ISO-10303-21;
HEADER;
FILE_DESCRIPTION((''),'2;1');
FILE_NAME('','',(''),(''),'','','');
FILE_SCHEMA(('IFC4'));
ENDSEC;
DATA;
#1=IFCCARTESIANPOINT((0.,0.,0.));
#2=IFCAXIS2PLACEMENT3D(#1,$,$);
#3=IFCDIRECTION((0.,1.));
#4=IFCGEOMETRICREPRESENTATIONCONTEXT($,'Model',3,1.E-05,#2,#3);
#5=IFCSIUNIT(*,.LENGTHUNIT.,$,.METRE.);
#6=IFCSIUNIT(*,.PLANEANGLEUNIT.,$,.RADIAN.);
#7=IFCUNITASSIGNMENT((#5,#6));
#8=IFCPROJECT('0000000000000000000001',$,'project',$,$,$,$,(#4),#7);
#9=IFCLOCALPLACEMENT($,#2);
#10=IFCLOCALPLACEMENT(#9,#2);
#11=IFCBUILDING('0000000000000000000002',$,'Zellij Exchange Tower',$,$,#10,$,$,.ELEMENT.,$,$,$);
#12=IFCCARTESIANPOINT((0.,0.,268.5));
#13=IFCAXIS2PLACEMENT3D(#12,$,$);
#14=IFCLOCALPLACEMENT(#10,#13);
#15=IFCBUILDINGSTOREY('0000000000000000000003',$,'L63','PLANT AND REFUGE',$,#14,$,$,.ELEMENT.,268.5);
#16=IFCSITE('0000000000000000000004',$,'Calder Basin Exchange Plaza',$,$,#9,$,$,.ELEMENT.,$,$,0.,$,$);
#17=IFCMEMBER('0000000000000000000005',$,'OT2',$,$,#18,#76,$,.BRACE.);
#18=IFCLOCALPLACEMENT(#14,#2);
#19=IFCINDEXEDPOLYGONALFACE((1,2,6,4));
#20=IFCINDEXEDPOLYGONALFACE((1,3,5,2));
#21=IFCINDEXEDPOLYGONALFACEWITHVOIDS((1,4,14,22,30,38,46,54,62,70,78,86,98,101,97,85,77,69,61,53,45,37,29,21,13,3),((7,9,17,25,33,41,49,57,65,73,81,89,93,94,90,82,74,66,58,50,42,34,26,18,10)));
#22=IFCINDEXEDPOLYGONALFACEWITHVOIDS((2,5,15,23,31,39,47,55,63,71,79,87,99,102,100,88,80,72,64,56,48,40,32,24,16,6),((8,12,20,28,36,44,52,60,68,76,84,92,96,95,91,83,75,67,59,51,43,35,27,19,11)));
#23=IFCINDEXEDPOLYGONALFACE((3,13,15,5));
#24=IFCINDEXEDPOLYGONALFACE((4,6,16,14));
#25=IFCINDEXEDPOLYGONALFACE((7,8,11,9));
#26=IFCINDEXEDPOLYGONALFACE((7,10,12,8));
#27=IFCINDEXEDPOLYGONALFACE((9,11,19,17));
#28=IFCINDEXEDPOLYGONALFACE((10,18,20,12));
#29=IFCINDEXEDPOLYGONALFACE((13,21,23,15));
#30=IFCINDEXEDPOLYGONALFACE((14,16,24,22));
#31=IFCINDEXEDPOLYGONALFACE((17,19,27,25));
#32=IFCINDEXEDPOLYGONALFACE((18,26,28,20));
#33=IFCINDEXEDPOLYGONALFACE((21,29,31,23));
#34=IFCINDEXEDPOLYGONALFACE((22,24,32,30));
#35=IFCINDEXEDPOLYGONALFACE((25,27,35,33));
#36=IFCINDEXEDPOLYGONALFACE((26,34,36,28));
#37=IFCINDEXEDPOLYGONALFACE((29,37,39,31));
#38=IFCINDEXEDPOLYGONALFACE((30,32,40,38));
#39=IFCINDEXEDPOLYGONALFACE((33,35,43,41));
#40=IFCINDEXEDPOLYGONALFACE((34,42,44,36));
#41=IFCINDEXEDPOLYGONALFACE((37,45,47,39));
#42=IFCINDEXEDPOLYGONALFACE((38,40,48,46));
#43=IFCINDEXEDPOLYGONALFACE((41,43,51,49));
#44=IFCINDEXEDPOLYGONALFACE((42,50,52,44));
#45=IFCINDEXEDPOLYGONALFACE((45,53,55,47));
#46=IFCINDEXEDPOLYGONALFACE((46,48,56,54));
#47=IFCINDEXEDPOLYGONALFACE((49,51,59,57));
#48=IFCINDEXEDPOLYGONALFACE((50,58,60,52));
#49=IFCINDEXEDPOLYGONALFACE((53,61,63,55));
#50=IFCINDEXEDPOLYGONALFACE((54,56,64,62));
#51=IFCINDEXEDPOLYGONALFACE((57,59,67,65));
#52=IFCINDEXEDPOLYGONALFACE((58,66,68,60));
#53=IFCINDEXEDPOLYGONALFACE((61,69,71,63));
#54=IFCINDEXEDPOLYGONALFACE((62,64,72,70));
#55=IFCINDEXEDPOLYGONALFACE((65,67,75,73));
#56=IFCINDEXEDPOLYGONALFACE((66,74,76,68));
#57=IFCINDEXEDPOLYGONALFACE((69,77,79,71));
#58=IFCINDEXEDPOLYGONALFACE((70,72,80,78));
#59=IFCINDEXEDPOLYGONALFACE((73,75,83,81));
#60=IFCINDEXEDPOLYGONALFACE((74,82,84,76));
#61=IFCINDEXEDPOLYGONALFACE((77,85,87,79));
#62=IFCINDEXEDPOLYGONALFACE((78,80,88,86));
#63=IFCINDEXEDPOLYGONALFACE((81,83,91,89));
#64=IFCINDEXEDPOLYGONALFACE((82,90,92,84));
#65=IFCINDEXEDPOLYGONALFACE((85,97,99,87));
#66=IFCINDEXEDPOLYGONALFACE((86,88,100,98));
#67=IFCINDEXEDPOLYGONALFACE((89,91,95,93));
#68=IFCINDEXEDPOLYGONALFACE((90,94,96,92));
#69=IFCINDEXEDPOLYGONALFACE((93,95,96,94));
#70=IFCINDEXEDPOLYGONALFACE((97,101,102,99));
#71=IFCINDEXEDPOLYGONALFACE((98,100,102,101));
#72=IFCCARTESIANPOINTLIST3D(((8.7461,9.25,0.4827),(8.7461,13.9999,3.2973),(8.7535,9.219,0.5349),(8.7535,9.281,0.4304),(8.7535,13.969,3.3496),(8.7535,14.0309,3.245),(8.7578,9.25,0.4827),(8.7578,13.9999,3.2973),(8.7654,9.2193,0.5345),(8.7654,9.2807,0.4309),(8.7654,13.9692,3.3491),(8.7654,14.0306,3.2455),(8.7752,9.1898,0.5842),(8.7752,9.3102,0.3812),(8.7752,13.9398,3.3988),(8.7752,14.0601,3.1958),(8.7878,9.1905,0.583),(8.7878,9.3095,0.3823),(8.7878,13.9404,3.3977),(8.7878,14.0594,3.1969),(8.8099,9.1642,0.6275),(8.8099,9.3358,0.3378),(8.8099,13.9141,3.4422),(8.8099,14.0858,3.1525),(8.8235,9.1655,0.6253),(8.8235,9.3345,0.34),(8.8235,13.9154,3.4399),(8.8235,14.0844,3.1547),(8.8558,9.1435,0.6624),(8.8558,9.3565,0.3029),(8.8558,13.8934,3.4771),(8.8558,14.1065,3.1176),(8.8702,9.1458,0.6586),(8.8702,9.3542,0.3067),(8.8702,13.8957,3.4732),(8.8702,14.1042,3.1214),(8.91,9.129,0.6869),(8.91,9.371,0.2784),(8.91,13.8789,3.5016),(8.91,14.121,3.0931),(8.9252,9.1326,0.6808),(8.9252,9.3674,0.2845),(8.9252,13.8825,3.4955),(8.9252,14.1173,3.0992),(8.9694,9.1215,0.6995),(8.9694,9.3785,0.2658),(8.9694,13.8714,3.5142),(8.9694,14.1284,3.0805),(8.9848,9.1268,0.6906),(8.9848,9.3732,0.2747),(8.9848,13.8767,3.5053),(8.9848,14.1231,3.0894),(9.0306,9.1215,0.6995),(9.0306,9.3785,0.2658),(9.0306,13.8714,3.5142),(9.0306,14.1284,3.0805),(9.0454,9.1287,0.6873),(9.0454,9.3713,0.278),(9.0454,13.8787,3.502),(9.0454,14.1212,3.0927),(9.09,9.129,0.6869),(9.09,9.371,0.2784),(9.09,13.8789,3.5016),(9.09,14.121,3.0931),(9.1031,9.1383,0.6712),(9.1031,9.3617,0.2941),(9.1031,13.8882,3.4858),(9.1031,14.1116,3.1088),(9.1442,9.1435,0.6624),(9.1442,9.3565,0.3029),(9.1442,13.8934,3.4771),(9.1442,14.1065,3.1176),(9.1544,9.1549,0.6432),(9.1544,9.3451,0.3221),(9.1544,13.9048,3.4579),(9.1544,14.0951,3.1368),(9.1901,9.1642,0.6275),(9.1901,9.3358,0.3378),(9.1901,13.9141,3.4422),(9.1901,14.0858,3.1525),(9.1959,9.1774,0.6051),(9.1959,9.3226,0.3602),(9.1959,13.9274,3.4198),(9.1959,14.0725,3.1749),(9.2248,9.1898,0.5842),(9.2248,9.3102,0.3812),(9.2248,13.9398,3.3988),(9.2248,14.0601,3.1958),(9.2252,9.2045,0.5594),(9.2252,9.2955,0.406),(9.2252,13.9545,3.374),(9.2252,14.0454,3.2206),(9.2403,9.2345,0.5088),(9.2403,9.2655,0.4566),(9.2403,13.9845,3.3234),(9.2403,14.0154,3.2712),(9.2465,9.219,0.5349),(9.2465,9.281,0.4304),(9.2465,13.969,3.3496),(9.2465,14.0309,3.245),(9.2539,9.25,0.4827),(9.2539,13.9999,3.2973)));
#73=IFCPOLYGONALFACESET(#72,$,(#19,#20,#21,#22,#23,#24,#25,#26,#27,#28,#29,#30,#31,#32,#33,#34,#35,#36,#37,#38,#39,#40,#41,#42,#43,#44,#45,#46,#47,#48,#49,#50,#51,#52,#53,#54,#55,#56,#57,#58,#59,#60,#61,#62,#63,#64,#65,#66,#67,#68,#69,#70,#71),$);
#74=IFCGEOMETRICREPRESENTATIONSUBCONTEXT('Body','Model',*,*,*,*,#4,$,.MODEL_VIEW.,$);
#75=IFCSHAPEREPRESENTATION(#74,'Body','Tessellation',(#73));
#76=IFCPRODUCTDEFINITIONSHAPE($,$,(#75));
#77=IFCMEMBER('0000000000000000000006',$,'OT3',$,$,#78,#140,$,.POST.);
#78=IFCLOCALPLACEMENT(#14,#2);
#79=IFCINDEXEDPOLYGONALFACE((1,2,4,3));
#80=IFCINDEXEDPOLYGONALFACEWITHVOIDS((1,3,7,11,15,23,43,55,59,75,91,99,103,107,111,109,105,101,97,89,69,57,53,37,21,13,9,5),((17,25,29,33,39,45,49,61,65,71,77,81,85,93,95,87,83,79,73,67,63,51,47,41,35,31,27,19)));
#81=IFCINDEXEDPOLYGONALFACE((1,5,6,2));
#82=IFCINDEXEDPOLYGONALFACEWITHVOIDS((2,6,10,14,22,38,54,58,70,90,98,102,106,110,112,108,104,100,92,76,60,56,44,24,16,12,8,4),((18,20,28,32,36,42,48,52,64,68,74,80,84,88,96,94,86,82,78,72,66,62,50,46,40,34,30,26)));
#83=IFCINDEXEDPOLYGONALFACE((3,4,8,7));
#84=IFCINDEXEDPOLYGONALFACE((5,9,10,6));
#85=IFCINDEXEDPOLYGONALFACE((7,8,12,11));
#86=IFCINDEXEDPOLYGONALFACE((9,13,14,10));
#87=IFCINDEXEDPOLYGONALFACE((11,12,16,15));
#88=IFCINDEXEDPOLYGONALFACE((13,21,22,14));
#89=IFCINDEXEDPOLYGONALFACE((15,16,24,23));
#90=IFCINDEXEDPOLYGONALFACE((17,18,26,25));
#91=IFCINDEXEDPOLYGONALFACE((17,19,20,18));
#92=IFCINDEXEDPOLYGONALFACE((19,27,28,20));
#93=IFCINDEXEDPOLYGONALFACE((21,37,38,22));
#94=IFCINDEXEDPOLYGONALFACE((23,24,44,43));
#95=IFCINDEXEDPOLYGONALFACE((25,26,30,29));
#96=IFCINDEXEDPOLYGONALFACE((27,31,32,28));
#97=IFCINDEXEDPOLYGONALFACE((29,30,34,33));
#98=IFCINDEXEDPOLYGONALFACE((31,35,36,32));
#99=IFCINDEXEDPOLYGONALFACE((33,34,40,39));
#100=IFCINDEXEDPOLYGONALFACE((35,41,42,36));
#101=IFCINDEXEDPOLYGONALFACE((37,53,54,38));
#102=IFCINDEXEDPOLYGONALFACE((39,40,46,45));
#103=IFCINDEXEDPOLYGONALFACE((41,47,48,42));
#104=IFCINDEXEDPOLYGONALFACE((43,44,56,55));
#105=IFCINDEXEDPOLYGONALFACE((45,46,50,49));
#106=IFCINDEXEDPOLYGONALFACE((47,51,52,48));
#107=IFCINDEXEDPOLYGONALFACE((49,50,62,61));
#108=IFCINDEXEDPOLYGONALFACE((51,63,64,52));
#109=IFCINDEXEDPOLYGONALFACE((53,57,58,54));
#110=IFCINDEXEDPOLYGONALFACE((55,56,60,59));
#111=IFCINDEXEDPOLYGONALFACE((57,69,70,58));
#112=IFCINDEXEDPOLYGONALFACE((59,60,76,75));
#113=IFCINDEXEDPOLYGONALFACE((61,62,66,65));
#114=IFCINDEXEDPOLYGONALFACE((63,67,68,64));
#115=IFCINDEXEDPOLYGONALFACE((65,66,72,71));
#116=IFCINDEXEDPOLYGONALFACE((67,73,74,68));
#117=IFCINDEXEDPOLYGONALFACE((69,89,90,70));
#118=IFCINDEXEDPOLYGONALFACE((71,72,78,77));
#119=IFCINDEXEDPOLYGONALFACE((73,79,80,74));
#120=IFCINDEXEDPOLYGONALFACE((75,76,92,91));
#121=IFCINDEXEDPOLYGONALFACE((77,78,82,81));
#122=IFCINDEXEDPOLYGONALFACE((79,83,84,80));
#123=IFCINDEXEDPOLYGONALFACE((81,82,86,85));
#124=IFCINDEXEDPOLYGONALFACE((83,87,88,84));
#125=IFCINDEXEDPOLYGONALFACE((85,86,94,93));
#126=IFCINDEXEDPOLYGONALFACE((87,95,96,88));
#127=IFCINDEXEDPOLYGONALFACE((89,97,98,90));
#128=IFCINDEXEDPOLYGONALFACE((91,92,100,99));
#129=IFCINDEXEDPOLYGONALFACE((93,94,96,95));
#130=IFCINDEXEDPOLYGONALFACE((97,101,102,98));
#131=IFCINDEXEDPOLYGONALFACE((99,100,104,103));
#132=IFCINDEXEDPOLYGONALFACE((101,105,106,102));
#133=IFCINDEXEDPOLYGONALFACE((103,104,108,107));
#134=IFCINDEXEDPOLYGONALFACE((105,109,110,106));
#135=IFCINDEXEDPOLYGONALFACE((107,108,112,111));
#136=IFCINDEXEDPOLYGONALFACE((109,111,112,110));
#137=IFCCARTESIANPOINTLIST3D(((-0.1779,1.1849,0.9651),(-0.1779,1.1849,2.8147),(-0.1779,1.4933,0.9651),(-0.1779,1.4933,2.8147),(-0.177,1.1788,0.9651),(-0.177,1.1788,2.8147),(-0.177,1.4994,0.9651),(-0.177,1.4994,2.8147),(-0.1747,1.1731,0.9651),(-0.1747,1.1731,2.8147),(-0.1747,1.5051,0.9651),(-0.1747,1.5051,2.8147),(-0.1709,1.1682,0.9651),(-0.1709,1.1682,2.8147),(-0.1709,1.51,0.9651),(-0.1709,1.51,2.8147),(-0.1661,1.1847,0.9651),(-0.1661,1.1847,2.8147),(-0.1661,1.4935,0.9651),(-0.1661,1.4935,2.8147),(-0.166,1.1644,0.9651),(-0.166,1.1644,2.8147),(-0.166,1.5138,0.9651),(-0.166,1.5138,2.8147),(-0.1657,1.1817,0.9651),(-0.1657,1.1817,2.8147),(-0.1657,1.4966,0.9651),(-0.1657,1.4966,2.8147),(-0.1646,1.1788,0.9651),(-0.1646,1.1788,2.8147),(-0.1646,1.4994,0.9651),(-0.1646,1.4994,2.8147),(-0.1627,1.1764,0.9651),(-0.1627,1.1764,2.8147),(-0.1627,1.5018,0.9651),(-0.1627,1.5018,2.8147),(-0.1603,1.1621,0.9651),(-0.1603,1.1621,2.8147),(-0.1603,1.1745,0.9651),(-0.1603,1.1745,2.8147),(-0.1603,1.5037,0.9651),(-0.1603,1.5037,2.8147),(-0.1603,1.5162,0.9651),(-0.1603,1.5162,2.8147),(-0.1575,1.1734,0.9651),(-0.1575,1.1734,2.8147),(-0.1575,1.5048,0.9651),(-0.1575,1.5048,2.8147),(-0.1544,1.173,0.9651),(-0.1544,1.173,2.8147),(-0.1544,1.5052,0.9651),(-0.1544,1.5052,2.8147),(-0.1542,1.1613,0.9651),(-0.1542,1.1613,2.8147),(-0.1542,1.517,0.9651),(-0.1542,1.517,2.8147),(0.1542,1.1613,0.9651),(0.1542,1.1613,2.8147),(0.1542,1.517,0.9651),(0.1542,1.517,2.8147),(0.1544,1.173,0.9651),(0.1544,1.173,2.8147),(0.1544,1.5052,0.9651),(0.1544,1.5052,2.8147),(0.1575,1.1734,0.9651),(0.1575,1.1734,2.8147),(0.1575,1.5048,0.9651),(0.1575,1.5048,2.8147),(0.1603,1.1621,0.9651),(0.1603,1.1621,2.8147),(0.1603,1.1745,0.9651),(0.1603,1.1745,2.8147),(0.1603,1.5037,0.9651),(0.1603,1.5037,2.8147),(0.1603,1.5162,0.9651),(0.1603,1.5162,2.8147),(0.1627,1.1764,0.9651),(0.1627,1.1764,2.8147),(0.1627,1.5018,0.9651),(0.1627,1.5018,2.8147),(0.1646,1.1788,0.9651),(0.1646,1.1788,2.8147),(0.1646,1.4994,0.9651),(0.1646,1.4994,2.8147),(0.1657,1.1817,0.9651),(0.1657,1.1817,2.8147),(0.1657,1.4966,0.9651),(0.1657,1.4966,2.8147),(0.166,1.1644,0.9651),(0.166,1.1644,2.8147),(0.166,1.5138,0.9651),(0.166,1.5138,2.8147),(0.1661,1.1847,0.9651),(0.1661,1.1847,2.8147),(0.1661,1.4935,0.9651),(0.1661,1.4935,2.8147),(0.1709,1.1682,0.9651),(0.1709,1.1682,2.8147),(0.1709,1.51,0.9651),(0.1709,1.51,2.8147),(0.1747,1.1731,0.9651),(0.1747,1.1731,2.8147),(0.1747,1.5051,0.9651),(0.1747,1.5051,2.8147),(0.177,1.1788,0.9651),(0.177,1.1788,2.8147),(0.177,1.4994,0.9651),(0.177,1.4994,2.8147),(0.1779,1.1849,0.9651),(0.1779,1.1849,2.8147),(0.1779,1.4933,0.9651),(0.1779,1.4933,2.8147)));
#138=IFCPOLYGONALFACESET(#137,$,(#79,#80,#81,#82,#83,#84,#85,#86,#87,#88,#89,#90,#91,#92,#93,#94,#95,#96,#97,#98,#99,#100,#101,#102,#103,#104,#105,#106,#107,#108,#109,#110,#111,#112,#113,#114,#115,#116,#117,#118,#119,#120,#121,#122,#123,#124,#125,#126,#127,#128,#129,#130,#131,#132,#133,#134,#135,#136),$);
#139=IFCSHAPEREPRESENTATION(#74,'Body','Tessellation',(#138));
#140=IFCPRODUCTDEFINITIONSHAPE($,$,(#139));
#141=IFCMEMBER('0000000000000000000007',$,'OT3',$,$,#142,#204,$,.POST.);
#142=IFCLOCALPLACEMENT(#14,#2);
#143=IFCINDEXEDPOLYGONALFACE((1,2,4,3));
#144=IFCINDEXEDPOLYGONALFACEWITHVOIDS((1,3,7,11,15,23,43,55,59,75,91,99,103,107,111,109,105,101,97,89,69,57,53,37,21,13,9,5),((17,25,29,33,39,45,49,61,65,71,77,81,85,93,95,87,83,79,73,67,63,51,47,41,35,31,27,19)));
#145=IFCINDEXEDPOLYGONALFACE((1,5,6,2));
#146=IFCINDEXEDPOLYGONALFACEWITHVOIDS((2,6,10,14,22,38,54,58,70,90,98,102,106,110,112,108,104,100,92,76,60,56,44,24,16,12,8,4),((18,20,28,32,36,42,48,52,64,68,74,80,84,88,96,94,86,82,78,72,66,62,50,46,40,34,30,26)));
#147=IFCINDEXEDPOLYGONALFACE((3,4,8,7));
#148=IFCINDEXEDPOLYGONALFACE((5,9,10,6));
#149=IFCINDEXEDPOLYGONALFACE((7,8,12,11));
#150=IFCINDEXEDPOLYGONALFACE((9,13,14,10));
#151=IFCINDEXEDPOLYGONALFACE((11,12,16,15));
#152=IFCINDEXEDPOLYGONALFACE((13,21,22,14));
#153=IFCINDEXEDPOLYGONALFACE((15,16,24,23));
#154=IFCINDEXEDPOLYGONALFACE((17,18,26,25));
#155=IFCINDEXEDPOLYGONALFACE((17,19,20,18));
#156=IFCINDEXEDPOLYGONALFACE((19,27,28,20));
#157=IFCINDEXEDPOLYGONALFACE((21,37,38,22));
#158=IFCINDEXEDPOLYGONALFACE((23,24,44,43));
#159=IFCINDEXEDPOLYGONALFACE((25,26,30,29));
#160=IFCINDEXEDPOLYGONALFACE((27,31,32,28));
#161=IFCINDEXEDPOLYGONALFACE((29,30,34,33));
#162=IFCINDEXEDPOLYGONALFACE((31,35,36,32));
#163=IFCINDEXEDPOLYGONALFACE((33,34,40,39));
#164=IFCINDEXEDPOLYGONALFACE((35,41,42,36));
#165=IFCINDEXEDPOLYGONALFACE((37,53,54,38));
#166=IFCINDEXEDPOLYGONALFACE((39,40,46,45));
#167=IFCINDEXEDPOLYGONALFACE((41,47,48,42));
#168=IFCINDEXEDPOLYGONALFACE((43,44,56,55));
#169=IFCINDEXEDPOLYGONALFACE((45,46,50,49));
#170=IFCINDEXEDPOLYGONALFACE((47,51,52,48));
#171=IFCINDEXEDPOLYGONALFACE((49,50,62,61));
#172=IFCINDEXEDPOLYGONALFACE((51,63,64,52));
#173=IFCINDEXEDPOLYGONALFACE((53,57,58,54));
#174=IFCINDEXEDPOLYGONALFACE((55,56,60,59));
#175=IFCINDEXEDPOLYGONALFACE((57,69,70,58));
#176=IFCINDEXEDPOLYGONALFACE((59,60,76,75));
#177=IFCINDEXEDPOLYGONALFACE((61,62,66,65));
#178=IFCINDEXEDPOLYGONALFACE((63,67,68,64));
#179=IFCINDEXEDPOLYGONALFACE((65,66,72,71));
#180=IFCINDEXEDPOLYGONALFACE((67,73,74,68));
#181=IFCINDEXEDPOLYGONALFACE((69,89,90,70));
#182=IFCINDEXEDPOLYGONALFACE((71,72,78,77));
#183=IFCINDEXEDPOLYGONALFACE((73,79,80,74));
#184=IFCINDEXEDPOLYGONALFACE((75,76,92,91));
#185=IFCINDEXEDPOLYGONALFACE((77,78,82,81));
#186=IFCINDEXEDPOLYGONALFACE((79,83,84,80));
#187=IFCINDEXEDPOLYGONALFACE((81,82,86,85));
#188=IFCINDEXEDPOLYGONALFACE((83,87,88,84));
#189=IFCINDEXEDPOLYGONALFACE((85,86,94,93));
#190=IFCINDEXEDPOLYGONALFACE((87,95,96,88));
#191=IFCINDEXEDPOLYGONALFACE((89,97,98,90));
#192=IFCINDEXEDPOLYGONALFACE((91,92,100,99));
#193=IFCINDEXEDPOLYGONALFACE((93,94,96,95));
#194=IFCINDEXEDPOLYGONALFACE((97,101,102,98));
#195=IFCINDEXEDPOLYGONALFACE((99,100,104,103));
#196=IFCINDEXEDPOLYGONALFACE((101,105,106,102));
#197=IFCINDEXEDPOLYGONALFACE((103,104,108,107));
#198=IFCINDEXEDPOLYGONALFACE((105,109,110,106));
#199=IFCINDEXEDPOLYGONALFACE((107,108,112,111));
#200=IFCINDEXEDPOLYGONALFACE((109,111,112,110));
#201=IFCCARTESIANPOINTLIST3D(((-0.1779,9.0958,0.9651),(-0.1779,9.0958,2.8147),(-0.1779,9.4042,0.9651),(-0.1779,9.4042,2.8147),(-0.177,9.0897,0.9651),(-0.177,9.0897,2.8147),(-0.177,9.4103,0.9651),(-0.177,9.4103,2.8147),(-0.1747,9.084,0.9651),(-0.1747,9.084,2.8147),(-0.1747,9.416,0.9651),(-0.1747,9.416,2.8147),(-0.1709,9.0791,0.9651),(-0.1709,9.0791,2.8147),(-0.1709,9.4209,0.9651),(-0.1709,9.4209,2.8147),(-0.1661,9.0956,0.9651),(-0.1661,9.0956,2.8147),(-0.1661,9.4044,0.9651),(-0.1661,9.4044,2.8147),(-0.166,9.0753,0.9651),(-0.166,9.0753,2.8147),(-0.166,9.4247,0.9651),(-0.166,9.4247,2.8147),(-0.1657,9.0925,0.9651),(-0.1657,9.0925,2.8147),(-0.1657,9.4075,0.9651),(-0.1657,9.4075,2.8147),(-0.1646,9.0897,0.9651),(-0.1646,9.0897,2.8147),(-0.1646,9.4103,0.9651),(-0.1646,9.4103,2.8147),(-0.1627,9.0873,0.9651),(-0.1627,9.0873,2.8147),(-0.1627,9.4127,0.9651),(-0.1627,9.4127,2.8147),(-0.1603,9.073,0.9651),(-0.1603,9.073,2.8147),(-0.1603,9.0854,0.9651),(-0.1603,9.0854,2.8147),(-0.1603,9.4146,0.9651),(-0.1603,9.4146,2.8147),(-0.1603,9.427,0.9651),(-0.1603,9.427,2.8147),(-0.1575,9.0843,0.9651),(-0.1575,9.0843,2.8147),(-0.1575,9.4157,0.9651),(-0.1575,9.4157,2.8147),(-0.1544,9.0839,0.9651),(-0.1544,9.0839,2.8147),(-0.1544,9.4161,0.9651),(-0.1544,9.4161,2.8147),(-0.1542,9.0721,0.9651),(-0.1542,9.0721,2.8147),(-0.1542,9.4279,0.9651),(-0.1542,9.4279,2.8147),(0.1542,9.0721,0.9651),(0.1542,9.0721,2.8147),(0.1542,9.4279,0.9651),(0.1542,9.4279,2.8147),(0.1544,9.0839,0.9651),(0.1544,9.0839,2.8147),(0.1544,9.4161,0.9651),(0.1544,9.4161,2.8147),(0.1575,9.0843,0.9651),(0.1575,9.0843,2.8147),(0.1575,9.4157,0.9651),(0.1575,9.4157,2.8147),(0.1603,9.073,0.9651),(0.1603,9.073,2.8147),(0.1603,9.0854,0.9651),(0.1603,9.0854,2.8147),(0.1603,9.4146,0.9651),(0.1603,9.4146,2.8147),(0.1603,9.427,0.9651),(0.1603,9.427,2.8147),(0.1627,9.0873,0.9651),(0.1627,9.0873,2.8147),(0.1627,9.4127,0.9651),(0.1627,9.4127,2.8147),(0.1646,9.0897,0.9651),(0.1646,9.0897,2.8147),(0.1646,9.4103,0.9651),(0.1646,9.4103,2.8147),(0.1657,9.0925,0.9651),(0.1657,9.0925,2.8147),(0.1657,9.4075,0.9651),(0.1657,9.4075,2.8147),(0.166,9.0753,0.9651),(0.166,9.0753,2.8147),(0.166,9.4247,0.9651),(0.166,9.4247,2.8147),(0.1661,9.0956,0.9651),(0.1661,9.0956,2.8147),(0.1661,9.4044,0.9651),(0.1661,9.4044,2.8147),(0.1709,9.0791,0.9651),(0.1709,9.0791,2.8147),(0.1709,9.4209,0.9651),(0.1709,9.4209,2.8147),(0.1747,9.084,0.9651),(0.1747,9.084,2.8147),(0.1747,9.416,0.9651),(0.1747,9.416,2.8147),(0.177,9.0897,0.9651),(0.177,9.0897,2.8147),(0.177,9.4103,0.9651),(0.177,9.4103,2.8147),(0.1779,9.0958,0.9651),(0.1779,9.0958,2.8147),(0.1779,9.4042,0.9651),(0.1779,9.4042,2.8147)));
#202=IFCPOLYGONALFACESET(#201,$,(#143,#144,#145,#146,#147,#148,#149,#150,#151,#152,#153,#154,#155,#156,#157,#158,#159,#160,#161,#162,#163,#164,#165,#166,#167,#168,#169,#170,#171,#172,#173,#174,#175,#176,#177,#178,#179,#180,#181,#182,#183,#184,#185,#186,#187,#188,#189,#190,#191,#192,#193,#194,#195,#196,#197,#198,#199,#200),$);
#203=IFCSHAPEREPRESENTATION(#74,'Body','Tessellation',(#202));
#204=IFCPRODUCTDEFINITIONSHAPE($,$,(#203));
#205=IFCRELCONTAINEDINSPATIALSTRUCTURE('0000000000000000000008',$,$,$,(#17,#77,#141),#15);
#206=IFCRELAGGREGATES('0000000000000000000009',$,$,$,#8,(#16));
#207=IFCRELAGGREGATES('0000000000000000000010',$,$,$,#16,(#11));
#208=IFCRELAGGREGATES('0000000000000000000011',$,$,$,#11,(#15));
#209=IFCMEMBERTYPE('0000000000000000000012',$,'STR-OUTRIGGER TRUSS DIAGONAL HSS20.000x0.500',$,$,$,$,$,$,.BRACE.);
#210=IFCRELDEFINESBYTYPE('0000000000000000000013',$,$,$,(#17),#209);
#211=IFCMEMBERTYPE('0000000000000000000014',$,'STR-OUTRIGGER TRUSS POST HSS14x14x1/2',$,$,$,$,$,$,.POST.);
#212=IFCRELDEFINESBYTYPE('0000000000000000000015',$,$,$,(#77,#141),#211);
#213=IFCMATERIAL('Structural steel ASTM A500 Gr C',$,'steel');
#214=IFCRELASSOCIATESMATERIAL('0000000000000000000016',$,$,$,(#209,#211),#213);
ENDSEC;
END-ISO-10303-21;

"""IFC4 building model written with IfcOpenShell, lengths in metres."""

from ifc_helpers import new_model, si_unit, direction, frame, origin, origin_2d, place, context, subcontext, project, spatial, hollow_rectangle, hollow_circle, extrude, material, material_profile, profile_set, type_object, element, save


model = new_model("IFC4")

# Units and contexts
model_context = context("Model", 3, precision=1e-05, world=origin(), true_north=direction((0.0, 1.0)))
body_context = subcontext(model_context, "Body", "Model", "MODEL_VIEW")
ifc_project = project(units=[si_unit("LENGTHUNIT", "METRE"), si_unit("PLANEANGLEUNIT", "RADIAN")], contexts=[model_context])

# Site, building, storey
site_placement = place(None, origin())
site = spatial("IfcSite", under=ifc_project, at=site_placement, Name="Calder Basin Exchange Plaza", CompositionType="ELEMENT", RefElevation=0.0)
building_placement = place(site_placement, origin())
building = spatial("IfcBuilding", under=site, at=building_placement, Name="Zellij Exchange Tower", CompositionType="ELEMENT")
storey_placement = place(building_placement, frame((0.0, 0.0, 268.5)))
storey = spatial("IfcBuildingStorey", under=building, at=storey_placement, Name="L63", Description="PLANT AND REFUGE", CompositionType="ELEMENT", Elevation=268.5)

# Members
ifc_material_1 = material(Name="Structural steel ASTM A500 Gr C", Category="steel")
ifc_material_profile_1 = material_profile(ifc_material_1, hollow_circle(Radius=0.2539, WallThickness=0.0117, at=origin_2d()), Name="STR-OUTRIGGER TRUSS DIAGONAL HSS20.000x0.500")
ifc_profile_set_1 = profile_set([ifc_material_profile_1], Name="Structural steel ASTM A500 Gr C")
member_type_1 = type_object("IfcMemberType", Name="STR-OUTRIGGER TRUSS DIAGONAL HSS20.000x0.500", PredefinedType="BRACE", material=ifc_profile_set_1)
for number, where, z_axis, x_axis, name in (
    (1, (9.0, 9.25, 0.4827), (0.0, 0.860301, 0.509787), (-1.0, 0.0, 0.0), "OT2"),
):
    element("IfcMember", number, at=place(storey_placement, frame(where, z_axis=z_axis, x_axis=x_axis)), inside=storey, type_object=member_type_1, Name=name, PredefinedType="BRACE", context=body_context, shape_type="SweptSolid", body=[
        extrude(hollow_circle(Radius=0.2539, WallThickness=0.0117, at=origin_2d()), origin(), (0.0, 0.0, 1.0), 5.5212),
    ])
ifc_material_profile_2 = material_profile(ifc_material_1, hollow_rectangle(XDim=0.3557, YDim=0.3557, WallThickness=0.0117, InnerFilletRadius=0.0117, OuterFilletRadius=0.0237, at=origin_2d()), Name="STR-OUTRIGGER TRUSS POST HSS14x14x1/2")
ifc_profile_set_2 = profile_set([ifc_material_profile_2], Name="Structural steel ASTM A500 Gr C")
member_type_2 = type_object("IfcMemberType", Name="STR-OUTRIGGER TRUSS POST HSS14x14x1/2", PredefinedType="POST", material=ifc_profile_set_2)
for number, where, z_axis, x_axis, name in (
    (2, (0.0, 1.3391, 0.9651), (0.0, 0.0, 1.0), (1.0, 0.0, 0.0), "OT3"),
    (3, (0.0, 9.25, 0.9651), (0.0, 0.0, 1.0), (1.0, 0.0, 0.0), "OT3"),
):
    element("IfcMember", number, at=place(storey_placement, frame(where, z_axis=z_axis, x_axis=x_axis)), inside=storey, type_object=member_type_2, Name=name, PredefinedType="POST", context=body_context, shape_type="SweptSolid", body=[
        extrude(hollow_rectangle(XDim=0.3557, YDim=0.3557, WallThickness=0.0117, InnerFilletRadius=0.0117, OuterFilletRadius=0.0237, at=origin_2d()), origin(), (0.0, 0.0, 1.0), 1.8496),
    ])

save(model, "model.ifc")
